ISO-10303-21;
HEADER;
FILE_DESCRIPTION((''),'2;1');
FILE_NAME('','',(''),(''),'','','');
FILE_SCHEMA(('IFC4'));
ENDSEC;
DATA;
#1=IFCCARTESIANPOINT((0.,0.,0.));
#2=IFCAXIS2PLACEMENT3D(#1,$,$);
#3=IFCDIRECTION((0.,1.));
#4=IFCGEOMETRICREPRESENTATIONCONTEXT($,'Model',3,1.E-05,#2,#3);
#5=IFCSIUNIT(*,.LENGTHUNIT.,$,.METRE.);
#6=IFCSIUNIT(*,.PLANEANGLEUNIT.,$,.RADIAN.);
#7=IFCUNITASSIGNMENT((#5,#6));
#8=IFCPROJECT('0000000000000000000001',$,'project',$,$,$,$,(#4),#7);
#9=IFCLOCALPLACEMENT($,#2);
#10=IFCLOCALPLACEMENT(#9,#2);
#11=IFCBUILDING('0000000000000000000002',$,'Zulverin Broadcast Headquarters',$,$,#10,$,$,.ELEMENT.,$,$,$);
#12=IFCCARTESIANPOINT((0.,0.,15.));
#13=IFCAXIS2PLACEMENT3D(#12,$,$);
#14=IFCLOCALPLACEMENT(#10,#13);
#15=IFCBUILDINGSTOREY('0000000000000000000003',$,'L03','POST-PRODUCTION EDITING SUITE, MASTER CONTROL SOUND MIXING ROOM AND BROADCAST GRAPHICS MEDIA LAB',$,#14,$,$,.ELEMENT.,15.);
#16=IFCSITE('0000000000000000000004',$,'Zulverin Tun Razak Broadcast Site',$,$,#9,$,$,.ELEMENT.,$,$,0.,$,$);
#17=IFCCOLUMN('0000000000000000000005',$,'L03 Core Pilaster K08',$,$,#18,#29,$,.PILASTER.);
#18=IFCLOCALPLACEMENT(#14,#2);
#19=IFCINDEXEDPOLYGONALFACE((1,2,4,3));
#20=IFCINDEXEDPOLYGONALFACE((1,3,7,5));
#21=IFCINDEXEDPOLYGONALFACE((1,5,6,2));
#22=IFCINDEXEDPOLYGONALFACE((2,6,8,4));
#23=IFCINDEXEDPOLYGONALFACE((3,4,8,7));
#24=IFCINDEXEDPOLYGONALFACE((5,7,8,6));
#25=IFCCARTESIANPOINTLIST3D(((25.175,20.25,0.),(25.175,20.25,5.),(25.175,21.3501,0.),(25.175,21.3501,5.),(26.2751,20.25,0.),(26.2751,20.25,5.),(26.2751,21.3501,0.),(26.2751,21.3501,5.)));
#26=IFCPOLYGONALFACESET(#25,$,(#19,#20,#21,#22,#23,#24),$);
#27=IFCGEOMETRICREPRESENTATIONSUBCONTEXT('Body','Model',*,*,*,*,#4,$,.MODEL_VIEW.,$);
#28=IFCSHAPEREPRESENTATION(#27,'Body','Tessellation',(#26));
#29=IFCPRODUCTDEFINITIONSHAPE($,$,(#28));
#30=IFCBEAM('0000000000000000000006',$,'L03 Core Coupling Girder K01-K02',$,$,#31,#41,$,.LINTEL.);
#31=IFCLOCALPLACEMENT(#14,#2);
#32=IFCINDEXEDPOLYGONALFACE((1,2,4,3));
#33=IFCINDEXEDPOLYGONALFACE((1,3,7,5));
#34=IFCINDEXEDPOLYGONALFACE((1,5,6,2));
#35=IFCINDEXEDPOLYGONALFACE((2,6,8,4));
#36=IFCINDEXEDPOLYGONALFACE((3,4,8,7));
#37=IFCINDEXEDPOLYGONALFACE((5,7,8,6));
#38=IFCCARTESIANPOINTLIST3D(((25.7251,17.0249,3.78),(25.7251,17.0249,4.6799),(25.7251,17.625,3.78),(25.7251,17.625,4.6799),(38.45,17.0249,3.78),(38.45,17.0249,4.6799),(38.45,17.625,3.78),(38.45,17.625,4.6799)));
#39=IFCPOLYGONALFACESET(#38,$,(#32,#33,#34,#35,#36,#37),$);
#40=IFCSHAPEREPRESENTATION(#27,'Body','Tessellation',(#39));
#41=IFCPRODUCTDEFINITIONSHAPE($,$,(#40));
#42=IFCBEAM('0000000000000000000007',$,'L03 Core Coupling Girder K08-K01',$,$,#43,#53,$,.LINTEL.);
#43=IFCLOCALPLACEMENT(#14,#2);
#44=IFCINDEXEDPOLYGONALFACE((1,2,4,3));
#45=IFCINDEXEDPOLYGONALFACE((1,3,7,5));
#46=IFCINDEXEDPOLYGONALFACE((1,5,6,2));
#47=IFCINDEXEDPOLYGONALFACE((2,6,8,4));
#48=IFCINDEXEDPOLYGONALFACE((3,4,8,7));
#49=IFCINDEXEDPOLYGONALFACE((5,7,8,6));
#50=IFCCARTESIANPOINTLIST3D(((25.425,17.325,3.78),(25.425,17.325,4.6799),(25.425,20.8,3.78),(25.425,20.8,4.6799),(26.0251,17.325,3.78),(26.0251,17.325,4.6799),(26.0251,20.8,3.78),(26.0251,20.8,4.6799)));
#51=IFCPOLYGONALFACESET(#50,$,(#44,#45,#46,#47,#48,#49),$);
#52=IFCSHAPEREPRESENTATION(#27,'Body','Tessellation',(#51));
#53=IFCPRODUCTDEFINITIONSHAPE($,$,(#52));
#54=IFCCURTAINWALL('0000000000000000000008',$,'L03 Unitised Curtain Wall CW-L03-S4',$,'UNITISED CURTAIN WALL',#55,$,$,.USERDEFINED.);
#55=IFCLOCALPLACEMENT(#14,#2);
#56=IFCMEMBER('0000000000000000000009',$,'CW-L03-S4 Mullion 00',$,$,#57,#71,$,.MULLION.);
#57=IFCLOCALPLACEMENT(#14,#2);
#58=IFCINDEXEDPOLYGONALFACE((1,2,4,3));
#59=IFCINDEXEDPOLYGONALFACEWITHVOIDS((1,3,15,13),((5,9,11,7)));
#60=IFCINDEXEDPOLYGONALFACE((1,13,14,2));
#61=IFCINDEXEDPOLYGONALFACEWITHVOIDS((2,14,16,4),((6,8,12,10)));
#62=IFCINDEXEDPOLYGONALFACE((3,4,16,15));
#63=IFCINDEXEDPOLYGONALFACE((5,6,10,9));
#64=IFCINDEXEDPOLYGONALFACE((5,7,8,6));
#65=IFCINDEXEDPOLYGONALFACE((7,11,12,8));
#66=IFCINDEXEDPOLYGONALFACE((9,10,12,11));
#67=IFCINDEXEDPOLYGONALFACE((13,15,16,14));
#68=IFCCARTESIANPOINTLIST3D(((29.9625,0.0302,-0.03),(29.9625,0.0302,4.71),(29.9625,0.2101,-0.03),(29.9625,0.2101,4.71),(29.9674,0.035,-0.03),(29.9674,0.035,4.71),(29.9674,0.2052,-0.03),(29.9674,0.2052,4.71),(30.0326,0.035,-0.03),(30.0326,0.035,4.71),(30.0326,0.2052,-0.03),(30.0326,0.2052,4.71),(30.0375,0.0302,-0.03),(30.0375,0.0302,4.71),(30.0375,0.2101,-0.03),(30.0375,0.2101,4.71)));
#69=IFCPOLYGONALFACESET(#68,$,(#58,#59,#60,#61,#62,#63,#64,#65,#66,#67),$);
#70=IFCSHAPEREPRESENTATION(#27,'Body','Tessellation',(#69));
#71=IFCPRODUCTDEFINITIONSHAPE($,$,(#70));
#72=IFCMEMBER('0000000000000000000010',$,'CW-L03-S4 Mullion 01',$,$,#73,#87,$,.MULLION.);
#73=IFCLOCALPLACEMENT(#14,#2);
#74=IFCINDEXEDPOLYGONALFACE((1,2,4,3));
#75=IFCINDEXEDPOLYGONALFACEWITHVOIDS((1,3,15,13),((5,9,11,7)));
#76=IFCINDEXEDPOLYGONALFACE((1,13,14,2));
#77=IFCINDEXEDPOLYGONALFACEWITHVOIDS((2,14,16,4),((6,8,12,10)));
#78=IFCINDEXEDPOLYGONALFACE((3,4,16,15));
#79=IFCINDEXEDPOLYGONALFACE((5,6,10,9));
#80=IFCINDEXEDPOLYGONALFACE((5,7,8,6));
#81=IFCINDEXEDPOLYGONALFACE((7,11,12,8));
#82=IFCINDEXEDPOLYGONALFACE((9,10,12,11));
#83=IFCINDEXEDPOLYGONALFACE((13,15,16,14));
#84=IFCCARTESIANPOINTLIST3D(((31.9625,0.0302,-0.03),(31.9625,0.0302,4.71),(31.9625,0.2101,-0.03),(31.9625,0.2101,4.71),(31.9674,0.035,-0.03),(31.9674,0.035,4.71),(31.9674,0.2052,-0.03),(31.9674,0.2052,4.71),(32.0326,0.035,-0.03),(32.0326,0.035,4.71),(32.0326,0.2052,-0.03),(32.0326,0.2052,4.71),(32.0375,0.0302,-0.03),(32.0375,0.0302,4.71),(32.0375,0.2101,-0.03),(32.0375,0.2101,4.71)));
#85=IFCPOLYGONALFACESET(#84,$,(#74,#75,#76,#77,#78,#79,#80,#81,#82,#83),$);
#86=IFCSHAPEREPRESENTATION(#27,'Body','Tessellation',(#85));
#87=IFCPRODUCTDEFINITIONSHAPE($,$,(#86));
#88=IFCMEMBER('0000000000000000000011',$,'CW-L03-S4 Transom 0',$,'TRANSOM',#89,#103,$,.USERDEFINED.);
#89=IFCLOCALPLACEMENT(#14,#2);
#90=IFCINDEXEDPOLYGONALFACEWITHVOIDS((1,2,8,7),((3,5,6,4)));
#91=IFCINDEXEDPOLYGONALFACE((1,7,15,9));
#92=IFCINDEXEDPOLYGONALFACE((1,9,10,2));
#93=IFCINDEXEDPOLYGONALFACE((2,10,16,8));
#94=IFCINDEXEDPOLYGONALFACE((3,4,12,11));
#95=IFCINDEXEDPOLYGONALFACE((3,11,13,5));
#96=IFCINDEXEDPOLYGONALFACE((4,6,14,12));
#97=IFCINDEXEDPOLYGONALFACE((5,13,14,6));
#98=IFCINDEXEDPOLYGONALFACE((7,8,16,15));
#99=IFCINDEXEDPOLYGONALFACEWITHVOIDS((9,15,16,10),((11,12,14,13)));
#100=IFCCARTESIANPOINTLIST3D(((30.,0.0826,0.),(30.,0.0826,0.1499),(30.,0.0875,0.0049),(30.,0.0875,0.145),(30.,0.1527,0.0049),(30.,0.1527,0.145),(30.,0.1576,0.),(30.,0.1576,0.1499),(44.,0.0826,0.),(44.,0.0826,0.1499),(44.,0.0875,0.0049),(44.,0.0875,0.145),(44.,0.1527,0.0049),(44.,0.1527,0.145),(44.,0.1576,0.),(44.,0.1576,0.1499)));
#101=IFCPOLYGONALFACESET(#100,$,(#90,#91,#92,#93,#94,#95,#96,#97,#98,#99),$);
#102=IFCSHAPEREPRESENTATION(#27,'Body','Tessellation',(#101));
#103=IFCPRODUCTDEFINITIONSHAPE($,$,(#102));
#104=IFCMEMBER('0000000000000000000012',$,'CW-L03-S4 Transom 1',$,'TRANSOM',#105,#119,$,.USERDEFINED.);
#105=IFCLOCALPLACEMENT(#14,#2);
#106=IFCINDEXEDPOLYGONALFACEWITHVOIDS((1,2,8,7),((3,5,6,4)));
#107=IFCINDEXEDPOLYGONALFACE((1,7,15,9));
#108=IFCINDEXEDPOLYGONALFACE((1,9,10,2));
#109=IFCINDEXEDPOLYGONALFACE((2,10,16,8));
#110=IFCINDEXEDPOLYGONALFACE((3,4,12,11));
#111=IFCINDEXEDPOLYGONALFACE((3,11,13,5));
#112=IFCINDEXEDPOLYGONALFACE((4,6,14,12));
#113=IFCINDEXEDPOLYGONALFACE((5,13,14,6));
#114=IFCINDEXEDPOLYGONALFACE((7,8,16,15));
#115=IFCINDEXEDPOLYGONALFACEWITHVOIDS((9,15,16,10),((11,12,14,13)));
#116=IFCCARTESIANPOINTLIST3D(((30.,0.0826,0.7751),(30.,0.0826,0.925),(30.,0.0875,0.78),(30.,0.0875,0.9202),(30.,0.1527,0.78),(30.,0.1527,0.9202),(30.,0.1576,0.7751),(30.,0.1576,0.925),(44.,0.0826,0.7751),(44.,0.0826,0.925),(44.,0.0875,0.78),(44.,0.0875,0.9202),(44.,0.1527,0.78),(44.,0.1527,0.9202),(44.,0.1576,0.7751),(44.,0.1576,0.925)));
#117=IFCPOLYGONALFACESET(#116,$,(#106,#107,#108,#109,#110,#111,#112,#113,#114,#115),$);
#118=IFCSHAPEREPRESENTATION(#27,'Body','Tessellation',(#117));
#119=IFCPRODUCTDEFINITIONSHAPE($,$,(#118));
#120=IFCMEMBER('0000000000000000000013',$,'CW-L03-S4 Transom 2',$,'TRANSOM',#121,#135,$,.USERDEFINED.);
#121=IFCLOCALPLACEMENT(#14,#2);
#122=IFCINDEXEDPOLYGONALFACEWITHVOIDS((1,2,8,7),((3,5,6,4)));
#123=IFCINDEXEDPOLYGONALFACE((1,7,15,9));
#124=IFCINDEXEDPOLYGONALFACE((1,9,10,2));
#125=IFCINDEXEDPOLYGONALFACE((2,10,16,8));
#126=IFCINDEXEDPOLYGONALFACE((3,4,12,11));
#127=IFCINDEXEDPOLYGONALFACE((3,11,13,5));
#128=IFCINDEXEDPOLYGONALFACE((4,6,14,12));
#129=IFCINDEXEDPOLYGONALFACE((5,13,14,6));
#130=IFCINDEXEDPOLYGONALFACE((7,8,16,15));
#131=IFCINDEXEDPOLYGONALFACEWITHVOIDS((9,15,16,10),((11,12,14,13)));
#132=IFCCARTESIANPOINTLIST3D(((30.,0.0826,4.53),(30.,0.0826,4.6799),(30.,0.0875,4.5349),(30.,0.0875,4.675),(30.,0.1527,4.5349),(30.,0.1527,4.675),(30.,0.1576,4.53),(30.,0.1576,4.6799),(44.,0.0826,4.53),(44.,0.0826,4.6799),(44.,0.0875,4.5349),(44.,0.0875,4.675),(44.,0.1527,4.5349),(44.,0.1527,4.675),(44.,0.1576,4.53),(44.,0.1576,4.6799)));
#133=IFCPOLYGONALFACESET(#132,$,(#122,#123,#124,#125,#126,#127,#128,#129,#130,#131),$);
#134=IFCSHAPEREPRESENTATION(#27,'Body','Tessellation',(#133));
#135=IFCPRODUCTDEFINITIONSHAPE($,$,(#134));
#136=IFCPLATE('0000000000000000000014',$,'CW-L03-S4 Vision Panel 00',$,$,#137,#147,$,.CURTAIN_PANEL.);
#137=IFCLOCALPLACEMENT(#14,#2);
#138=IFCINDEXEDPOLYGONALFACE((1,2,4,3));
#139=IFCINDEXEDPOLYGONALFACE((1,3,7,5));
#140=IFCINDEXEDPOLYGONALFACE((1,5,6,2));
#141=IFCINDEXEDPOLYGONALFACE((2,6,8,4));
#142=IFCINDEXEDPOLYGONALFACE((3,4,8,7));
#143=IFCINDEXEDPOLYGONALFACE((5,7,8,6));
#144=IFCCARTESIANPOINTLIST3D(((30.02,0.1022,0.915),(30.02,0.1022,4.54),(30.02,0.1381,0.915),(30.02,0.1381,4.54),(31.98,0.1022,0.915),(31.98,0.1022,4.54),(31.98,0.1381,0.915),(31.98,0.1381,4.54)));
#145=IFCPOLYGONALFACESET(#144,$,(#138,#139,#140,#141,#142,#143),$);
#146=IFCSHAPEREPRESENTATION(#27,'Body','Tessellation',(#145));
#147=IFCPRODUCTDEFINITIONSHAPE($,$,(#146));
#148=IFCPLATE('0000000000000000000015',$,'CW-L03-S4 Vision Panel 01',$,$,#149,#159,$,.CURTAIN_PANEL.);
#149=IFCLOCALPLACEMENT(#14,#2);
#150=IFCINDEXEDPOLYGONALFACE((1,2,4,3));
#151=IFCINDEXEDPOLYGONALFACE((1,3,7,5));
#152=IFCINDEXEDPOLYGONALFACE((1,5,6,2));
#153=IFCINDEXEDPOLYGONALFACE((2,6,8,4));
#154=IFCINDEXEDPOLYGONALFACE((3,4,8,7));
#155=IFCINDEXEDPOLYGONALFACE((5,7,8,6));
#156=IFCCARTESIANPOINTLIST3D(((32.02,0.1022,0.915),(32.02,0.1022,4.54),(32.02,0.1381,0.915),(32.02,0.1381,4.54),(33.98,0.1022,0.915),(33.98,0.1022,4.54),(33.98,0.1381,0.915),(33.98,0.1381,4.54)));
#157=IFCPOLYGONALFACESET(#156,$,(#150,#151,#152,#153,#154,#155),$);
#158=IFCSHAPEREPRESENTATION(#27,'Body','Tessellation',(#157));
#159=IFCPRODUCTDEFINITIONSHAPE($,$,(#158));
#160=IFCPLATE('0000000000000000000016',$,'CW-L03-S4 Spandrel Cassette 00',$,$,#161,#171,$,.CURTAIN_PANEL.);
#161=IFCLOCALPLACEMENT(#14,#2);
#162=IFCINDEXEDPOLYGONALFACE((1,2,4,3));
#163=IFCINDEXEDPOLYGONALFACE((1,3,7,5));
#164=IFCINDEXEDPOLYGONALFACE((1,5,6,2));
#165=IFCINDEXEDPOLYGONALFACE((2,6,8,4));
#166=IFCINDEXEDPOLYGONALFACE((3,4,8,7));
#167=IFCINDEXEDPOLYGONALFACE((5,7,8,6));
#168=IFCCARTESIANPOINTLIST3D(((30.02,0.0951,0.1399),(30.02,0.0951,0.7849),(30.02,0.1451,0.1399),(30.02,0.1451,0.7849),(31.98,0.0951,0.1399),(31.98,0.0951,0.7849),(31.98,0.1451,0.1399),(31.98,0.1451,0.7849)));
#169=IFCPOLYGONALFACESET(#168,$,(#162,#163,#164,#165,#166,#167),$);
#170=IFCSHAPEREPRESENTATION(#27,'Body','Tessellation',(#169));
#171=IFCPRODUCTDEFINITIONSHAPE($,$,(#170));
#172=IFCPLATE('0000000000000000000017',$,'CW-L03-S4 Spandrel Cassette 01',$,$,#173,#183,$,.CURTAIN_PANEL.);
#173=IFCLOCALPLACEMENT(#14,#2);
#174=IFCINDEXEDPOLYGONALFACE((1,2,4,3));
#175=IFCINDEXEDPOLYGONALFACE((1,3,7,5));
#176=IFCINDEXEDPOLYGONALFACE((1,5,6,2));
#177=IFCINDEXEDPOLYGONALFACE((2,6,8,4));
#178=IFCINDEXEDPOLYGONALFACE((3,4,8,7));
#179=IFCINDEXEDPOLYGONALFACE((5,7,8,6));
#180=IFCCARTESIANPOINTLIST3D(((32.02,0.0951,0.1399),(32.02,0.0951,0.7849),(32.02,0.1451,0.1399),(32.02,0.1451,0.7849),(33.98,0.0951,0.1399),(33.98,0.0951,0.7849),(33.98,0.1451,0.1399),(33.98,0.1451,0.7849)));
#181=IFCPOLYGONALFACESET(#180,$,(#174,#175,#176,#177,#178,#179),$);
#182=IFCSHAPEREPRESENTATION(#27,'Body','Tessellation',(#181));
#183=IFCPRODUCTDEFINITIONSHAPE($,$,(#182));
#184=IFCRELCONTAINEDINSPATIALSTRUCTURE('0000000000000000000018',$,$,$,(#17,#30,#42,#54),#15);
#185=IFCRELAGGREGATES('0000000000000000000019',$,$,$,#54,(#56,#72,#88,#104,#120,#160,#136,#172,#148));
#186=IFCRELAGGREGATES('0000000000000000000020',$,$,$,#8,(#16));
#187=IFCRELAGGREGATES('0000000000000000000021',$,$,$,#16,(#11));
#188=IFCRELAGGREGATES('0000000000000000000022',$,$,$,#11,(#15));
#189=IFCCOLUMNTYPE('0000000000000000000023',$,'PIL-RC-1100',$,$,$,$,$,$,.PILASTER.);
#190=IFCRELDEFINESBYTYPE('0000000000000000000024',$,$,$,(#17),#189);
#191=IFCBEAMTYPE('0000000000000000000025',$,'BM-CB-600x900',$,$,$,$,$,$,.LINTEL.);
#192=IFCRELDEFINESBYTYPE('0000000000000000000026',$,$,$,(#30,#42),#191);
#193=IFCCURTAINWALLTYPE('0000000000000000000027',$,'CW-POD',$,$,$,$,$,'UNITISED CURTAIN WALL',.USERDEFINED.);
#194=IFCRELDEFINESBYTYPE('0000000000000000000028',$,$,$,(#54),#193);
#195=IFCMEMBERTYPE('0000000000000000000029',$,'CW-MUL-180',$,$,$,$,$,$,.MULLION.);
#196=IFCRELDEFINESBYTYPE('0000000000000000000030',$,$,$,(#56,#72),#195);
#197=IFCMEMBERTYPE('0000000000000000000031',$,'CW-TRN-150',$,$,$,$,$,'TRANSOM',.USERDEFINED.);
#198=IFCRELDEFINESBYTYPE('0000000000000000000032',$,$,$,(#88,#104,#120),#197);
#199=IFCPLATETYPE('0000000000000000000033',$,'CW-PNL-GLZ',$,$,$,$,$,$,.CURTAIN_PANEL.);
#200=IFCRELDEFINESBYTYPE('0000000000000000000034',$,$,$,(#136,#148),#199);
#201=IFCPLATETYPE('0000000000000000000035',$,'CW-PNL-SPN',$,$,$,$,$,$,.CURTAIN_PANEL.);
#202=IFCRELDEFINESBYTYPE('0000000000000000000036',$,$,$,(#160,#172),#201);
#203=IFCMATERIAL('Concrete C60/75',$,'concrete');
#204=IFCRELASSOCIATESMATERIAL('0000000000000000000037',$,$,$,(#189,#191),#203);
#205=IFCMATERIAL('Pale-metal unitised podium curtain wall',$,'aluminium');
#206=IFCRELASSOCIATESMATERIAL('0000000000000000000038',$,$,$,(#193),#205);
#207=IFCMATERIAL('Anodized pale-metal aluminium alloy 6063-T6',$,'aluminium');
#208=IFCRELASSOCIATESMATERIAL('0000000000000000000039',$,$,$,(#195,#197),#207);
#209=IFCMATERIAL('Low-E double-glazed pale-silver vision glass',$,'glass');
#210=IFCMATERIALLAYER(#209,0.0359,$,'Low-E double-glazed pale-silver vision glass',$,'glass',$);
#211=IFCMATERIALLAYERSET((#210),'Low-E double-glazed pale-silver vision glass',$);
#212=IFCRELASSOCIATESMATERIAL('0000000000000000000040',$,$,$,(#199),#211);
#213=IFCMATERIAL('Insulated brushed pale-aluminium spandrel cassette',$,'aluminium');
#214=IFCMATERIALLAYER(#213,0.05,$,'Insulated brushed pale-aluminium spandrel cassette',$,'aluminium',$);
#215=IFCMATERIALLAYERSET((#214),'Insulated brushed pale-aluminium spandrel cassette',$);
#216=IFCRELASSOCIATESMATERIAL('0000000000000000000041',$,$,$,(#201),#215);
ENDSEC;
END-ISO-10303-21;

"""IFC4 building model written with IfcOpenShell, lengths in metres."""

from ifc_helpers import new_model, si_unit, direction, frame, origin, origin_2d, place, context, subcontext, project, spatial, rectangle, hollow_rectangle, extrude, material, layer, layer_set, material_profile, profile_set, type_object, element, aggregate, save


model = new_model("IFC4")

# Units and contexts
model_context = context("Model", 3, precision=1e-05, world=origin(), true_north=direction((0.0, 1.0)))
body_context = subcontext(model_context, "Body", "Model", "MODEL_VIEW")
ifc_project = project(units=[si_unit("LENGTHUNIT", "METRE"), si_unit("PLANEANGLEUNIT", "RADIAN")], contexts=[model_context])

# Site, building, storey
site_placement = place(None, origin())
site = spatial("IfcSite", under=ifc_project, at=site_placement, Name="Zulverin Tun Razak Broadcast Site", CompositionType="ELEMENT", RefElevation=0.0)
building_placement = place(site_placement, origin())
building = spatial("IfcBuilding", under=site, at=building_placement, Name="Zulverin Broadcast Headquarters", CompositionType="ELEMENT")
storey_placement = place(building_placement, frame((0.0, 0.0, 15.0)))
storey = spatial("IfcBuildingStorey", under=building, at=storey_placement, Name="L03", Description="POST-PRODUCTION EDITING SUITE, MASTER CONTROL SOUND MIXING ROOM AND BROADCAST GRAPHICS MEDIA LAB", CompositionType="ELEMENT", Elevation=15.0)

# Column
ifc_material_1 = material(Name="Concrete C60/75", Category="concrete")
ifc_material_profile_1 = material_profile(ifc_material_1, rectangle(XDim=1.1001, YDim=1.1001, at=origin_2d()), Name="Concrete C60/75", Category="concrete")
ifc_profile_set_1 = profile_set([ifc_material_profile_1], Name="Concrete C60/75")
column_type = type_object("IfcColumnType", Name="PIL-RC-1100", PredefinedType="PILASTER", material=ifc_profile_set_1)
column_placement = place(storey_placement, frame((25.7251, 20.8, 0.0), z_axis=(0.0, 0.0, 1.0), x_axis=(1.0, 0.0, 0.0)))
element("IfcColumn", 1, at=column_placement, inside=storey, type_object=column_type, Name="L03 Core Pilaster K08", PredefinedType="PILASTER", context=body_context, shape_type="SweptSolid", body=[
    extrude(rectangle(XDim=1.1001, YDim=1.1001, at=origin_2d()), origin(), (0.0, 0.0, 1.0), 5.0),
])

# Beams
ifc_material_profile_2 = material_profile(ifc_material_1, rectangle(XDim=0.6001, YDim=0.8999, at=origin_2d()), Name="Concrete C60/75", Category="concrete")
ifc_profile_set_2 = profile_set([ifc_material_profile_2], Name="Concrete C60/75")
beam_type = type_object("IfcBeamType", Name="BM-CB-600x900", PredefinedType="LINTEL", material=ifc_profile_set_2)
beam_1_placement = place(storey_placement, frame((25.7251, 17.325, 4.23), z_axis=(1.0, 0.0, 0.0), x_axis=(0.0, 1.0, 0.0)))
element("IfcBeam", 2, at=beam_1_placement, inside=storey, type_object=beam_type, Name="L03 Core Coupling Girder K01-K02", PredefinedType="LINTEL", context=body_context, shape_type="SweptSolid", body=[
    extrude(rectangle(XDim=0.6001, YDim=0.8999, at=origin_2d()), origin(), (0.0, 0.0, 1.0), 12.7249),
])
beam_2_placement = place(storey_placement, frame((25.7251, 20.8, 4.23), z_axis=(0.0, -1.0, 0.0), x_axis=(1.0, 0.0, 0.0)))
element("IfcBeam", 3, at=beam_2_placement, inside=storey, type_object=beam_type, Name="L03 Core Coupling Girder K08-K01", PredefinedType="LINTEL", context=body_context, shape_type="SweptSolid", body=[
    extrude(rectangle(XDim=0.6001, YDim=0.8999, at=origin_2d()), origin(), (0.0, 0.0, 1.0), 3.4751),
])

# Curtain wall, members, plates
ifc_material_2 = material(Name="Pale-metal unitised podium curtain wall", Category="aluminium")
curtain_wall_type = type_object("IfcCurtainWallType", Name="CW-POD", ElementType="UNITISED CURTAIN WALL", PredefinedType="USERDEFINED", material=ifc_material_2)
curtain_wall_placement = place(storey_placement, origin())
curtain_wall = element("IfcCurtainWall", 4, at=curtain_wall_placement, inside=storey, type_object=curtain_wall_type, Name="L03 Unitised Curtain Wall CW-L03-S4", ObjectType="UNITISED CURTAIN WALL", PredefinedType="USERDEFINED")
ifc_material_3 = material(Name="Anodized pale-metal aluminium alloy 6063-T6", Category="aluminium")
ifc_material_profile_3 = material_profile(ifc_material_3, hollow_rectangle(XDim=0.075, YDim=0.1799, WallThickness=0.0049, at=origin_2d()), Name="Anodized pale-metal aluminium alloy 6063-T6", Category="aluminium")
ifc_profile_set_3 = profile_set([ifc_material_profile_3], Name="Anodized pale-metal aluminium alloy 6063-T6")
member_type_1 = type_object("IfcMemberType", Name="CW-MUL-180", PredefinedType="MULLION", material=ifc_profile_set_3)
member_1_placement = place(storey_placement, frame((30.0, 0.1201, -0.03), z_axis=(0.0, 0.0, 1.0), x_axis=(1.0, 0.0, 0.0)))
member_1 = element("IfcMember", 5, at=member_1_placement, type_object=member_type_1, Name="CW-L03-S4 Mullion 00", PredefinedType="MULLION", context=body_context, shape_type="SweptSolid", body=[
    extrude(hollow_rectangle(XDim=0.075, YDim=0.1799, WallThickness=0.0049, at=origin_2d()), origin(), (0.0, 0.0, 1.0), 4.74),
])
member_2_placement = place(storey_placement, frame((32.0, 0.1201, -0.03), z_axis=(0.0, 0.0, 1.0), x_axis=(1.0, 0.0, 0.0)))
member_2 = element("IfcMember", 6, at=member_2_placement, type_object=member_type_1, Name="CW-L03-S4 Mullion 01", PredefinedType="MULLION", context=body_context, shape_type="SweptSolid", body=[
    extrude(hollow_rectangle(XDim=0.075, YDim=0.1799, WallThickness=0.0049, at=origin_2d()), origin(), (0.0, 0.0, 1.0), 4.74),
])
ifc_material_profile_4 = material_profile(ifc_material_3, hollow_rectangle(XDim=0.075, YDim=0.1499, WallThickness=0.0049, at=origin_2d()), Name="Anodized pale-metal aluminium alloy 6063-T6", Category="aluminium")
ifc_profile_set_4 = profile_set([ifc_material_profile_4], Name="Anodized pale-metal aluminium alloy 6063-T6")
member_type_2 = type_object("IfcMemberType", Name="CW-TRN-150", ElementType="TRANSOM", PredefinedType="USERDEFINED", material=ifc_profile_set_4)
member_3_placement = place(storey_placement, frame((30.0, 0.1201, 0.075), z_axis=(1.0, 0.0, 0.0), x_axis=(0.0, 1.0, 0.0)))
member_3 = element("IfcMember", 7, at=member_3_placement, type_object=member_type_2, Name="CW-L03-S4 Transom 0", ObjectType="TRANSOM", PredefinedType="USERDEFINED", context=body_context, shape_type="SweptSolid", body=[
    extrude(hollow_rectangle(XDim=0.075, YDim=0.1499, WallThickness=0.0049, at=origin_2d()), origin(), (0.0, 0.0, 1.0), 14.0),
])
member_4_placement = place(storey_placement, frame((30.0, 0.1201, 0.8501), z_axis=(1.0, 0.0, 0.0), x_axis=(0.0, 1.0, 0.0)))
member_4 = element("IfcMember", 8, at=member_4_placement, type_object=member_type_2, Name="CW-L03-S4 Transom 1", ObjectType="TRANSOM", PredefinedType="USERDEFINED", context=body_context, shape_type="SweptSolid", body=[
    extrude(hollow_rectangle(XDim=0.075, YDim=0.1499, WallThickness=0.0049, at=origin_2d()), origin(), (0.0, 0.0, 1.0), 14.0),
])
member_5_placement = place(storey_placement, frame((30.0, 0.1201, 4.605), z_axis=(1.0, 0.0, 0.0), x_axis=(0.0, 1.0, 0.0)))
member_5 = element("IfcMember", 9, at=member_5_placement, type_object=member_type_2, Name="CW-L03-S4 Transom 2", ObjectType="TRANSOM", PredefinedType="USERDEFINED", context=body_context, shape_type="SweptSolid", body=[
    extrude(hollow_rectangle(XDim=0.075, YDim=0.1499, WallThickness=0.0049, at=origin_2d()), origin(), (0.0, 0.0, 1.0), 14.0),
])
ifc_material_4 = material(Name="Low-E double-glazed pale-silver vision glass", Category="glass")
ifc_layer_1 = layer(ifc_material_4, 0.0359, Name="Low-E double-glazed pale-silver vision glass", Category="glass")
ifc_layer_set_1 = layer_set([ifc_layer_1], Name="Low-E double-glazed pale-silver vision glass")
plate_type_1 = type_object("IfcPlateType", Name="CW-PNL-GLZ", PredefinedType="CURTAIN_PANEL", material=ifc_layer_set_1)
plate_1_placement = place(storey_placement, frame((31.0, 0.1201, 0.915), z_axis=(0.0, 0.0, 1.0), x_axis=(1.0, 0.0, 0.0)))
plate_1 = element("IfcPlate", 10, at=plate_1_placement, type_object=plate_type_1, Name="CW-L03-S4 Vision Panel 00", PredefinedType="CURTAIN_PANEL", context=body_context, shape_type="SweptSolid", body=[
    extrude(rectangle(XDim=1.96, YDim=0.0359, at=origin_2d()), origin(), (0.0, 0.0, 1.0), 3.625),
])
plate_2_placement = place(storey_placement, frame((33.0, 0.1201, 0.915), z_axis=(0.0, 0.0, 1.0), x_axis=(1.0, 0.0, 0.0)))
plate_2 = element("IfcPlate", 11, at=plate_2_placement, type_object=plate_type_1, Name="CW-L03-S4 Vision Panel 01", PredefinedType="CURTAIN_PANEL", context=body_context, shape_type="SweptSolid", body=[
    extrude(rectangle(XDim=1.96, YDim=0.0359, at=origin_2d()), origin(), (0.0, 0.0, 1.0), 3.625),
])
ifc_material_5 = material(Name="Insulated brushed pale-aluminium spandrel cassette", Category="aluminium")
ifc_layer_2 = layer(ifc_material_5, 0.05, Name="Insulated brushed pale-aluminium spandrel cassette", Category="aluminium")
ifc_layer_set_2 = layer_set([ifc_layer_2], Name="Insulated brushed pale-aluminium spandrel cassette")
plate_type_2 = type_object("IfcPlateType", Name="CW-PNL-SPN", PredefinedType="CURTAIN_PANEL", material=ifc_layer_set_2)
plate_3_placement = place(storey_placement, frame((31.0, 0.1201, 0.1399), z_axis=(0.0, 0.0, 1.0), x_axis=(1.0, 0.0, 0.0)))
plate_3 = element("IfcPlate", 12, at=plate_3_placement, type_object=plate_type_2, Name="CW-L03-S4 Spandrel Cassette 00", PredefinedType="CURTAIN_PANEL", context=body_context, shape_type="SweptSolid", body=[
    extrude(rectangle(XDim=1.96, YDim=0.05, at=origin_2d()), origin(), (0.0, 0.0, 1.0), 0.645),
])
plate_4_placement = place(storey_placement, frame((33.0, 0.1201, 0.1399), z_axis=(0.0, 0.0, 1.0), x_axis=(1.0, 0.0, 0.0)))
plate_4 = element("IfcPlate", 13, at=plate_4_placement, type_object=plate_type_2, Name="CW-L03-S4 Spandrel Cassette 01", PredefinedType="CURTAIN_PANEL", context=body_context, shape_type="SweptSolid", body=[
    extrude(rectangle(XDim=1.96, YDim=0.05, at=origin_2d()), origin(), (0.0, 0.0, 1.0), 0.645),
])
aggregate(curtain_wall, [member_1, member_2, member_3, member_4, member_5, plate_3, plate_1, plate_4, plate_2])

save(model, "model.ifc")
